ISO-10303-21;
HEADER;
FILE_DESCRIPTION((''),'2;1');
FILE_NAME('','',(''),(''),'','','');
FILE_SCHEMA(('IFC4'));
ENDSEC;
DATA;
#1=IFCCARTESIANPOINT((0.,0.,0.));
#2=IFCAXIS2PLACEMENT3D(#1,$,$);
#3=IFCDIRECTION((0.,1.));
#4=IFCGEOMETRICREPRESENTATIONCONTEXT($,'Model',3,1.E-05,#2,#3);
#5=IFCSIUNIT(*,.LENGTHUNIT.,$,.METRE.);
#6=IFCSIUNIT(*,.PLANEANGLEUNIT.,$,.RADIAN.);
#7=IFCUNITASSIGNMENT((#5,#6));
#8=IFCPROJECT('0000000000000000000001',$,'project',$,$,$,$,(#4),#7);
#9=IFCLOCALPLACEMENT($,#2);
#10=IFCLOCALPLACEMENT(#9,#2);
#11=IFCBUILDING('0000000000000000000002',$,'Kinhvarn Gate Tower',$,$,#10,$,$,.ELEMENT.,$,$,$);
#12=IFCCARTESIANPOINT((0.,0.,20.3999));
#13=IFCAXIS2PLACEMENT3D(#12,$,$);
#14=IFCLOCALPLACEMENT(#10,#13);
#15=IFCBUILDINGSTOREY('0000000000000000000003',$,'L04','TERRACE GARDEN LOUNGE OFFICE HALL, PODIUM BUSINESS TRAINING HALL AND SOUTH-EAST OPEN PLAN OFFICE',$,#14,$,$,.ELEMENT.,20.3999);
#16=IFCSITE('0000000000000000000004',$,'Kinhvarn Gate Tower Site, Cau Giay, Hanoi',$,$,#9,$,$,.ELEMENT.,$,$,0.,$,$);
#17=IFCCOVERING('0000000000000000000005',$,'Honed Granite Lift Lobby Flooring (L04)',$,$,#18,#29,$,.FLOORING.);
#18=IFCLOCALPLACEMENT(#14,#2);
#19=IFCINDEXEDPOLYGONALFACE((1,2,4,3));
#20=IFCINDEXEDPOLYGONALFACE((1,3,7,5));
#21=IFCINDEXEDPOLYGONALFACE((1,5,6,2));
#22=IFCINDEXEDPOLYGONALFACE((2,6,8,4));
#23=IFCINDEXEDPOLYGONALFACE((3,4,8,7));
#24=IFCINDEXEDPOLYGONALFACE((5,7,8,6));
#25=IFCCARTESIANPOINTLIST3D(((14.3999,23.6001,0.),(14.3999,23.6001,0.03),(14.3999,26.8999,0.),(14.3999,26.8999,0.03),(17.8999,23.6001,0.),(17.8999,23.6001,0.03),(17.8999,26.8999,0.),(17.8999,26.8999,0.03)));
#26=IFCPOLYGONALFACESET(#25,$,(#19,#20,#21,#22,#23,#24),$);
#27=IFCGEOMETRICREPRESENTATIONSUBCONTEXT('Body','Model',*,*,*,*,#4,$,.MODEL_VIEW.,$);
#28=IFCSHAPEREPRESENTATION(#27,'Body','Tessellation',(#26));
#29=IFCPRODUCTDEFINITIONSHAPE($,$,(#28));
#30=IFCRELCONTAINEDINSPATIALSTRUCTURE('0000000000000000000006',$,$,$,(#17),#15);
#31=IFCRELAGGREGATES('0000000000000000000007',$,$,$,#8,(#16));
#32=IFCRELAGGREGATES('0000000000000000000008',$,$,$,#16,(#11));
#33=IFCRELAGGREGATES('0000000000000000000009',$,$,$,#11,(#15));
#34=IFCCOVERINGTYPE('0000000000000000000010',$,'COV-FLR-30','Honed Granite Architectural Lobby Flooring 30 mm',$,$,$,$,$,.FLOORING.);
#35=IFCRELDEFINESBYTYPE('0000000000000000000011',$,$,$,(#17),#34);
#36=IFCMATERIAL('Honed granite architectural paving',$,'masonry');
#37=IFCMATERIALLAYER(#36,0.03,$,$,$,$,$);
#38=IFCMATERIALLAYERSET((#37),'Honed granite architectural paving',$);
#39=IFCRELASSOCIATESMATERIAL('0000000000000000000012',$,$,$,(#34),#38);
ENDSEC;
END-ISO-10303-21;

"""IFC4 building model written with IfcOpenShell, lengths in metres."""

from ifc_helpers import new_model, si_unit, direction, frame, origin, place, context, subcontext, project, spatial, polyline, outline, extrude, material, layer, layer_set, type_object, element, save


model = new_model("IFC4")

# Units and contexts
model_context = context("Model", 3, precision=1e-05, world=origin(), true_north=direction((0.0, 1.0)))
body_context = subcontext(model_context, "Body", "Model", "MODEL_VIEW")
ifc_project = project(units=[si_unit("LENGTHUNIT", "METRE"), si_unit("PLANEANGLEUNIT", "RADIAN")], contexts=[model_context])

# Site, building, storey
site_placement = place(None, origin())
site = spatial("IfcSite", under=ifc_project, at=site_placement, Name="Kinhvarn Gate Tower Site, Cau Giay, Hanoi", CompositionType="ELEMENT", RefElevation=0.0)
building_placement = place(site_placement, origin())
building = spatial("IfcBuilding", under=site, at=building_placement, Name="Kinhvarn Gate Tower", CompositionType="ELEMENT")
storey_placement = place(building_placement, frame((0.0, 0.0, 20.3999)))
storey = spatial("IfcBuildingStorey", under=building, at=storey_placement, Name="L04", Description="TERRACE GARDEN LOUNGE OFFICE HALL, PODIUM BUSINESS TRAINING HALL AND SOUTH-EAST OPEN PLAN OFFICE", CompositionType="ELEMENT", Elevation=20.3999)

# Covering
ifc_material_1 = material(Name="Honed granite architectural paving", Category="masonry")
ifc_layer_1 = layer(ifc_material_1, 0.03)
ifc_layer_set_1 = layer_set([ifc_layer_1], Name="Honed granite architectural paving")
covering_type_1 = type_object("IfcCoveringType", Name="COV-FLR-30", Description="Honed Granite Architectural Lobby Flooring 30 mm", PredefinedType="FLOORING", material=ifc_layer_set_1)
covering_1_placement = place(storey_placement, origin())
element("IfcCovering", 1, at=covering_1_placement, inside=storey, type_object=covering_type_1, Name="Honed Granite Lift Lobby Flooring (L04)", PredefinedType="FLOORING", context=body_context, shape_type="SweptSolid", body=[
    extrude(outline(polyline([(14.3999, 23.6001), (14.3999, 26.8999), (17.8999, 26.8999), (17.8999, 23.6001), (14.3999, 23.6001)])), origin(), (0.0, 0.0, 1.0), 0.03),
])

save(model, "model.ifc")
